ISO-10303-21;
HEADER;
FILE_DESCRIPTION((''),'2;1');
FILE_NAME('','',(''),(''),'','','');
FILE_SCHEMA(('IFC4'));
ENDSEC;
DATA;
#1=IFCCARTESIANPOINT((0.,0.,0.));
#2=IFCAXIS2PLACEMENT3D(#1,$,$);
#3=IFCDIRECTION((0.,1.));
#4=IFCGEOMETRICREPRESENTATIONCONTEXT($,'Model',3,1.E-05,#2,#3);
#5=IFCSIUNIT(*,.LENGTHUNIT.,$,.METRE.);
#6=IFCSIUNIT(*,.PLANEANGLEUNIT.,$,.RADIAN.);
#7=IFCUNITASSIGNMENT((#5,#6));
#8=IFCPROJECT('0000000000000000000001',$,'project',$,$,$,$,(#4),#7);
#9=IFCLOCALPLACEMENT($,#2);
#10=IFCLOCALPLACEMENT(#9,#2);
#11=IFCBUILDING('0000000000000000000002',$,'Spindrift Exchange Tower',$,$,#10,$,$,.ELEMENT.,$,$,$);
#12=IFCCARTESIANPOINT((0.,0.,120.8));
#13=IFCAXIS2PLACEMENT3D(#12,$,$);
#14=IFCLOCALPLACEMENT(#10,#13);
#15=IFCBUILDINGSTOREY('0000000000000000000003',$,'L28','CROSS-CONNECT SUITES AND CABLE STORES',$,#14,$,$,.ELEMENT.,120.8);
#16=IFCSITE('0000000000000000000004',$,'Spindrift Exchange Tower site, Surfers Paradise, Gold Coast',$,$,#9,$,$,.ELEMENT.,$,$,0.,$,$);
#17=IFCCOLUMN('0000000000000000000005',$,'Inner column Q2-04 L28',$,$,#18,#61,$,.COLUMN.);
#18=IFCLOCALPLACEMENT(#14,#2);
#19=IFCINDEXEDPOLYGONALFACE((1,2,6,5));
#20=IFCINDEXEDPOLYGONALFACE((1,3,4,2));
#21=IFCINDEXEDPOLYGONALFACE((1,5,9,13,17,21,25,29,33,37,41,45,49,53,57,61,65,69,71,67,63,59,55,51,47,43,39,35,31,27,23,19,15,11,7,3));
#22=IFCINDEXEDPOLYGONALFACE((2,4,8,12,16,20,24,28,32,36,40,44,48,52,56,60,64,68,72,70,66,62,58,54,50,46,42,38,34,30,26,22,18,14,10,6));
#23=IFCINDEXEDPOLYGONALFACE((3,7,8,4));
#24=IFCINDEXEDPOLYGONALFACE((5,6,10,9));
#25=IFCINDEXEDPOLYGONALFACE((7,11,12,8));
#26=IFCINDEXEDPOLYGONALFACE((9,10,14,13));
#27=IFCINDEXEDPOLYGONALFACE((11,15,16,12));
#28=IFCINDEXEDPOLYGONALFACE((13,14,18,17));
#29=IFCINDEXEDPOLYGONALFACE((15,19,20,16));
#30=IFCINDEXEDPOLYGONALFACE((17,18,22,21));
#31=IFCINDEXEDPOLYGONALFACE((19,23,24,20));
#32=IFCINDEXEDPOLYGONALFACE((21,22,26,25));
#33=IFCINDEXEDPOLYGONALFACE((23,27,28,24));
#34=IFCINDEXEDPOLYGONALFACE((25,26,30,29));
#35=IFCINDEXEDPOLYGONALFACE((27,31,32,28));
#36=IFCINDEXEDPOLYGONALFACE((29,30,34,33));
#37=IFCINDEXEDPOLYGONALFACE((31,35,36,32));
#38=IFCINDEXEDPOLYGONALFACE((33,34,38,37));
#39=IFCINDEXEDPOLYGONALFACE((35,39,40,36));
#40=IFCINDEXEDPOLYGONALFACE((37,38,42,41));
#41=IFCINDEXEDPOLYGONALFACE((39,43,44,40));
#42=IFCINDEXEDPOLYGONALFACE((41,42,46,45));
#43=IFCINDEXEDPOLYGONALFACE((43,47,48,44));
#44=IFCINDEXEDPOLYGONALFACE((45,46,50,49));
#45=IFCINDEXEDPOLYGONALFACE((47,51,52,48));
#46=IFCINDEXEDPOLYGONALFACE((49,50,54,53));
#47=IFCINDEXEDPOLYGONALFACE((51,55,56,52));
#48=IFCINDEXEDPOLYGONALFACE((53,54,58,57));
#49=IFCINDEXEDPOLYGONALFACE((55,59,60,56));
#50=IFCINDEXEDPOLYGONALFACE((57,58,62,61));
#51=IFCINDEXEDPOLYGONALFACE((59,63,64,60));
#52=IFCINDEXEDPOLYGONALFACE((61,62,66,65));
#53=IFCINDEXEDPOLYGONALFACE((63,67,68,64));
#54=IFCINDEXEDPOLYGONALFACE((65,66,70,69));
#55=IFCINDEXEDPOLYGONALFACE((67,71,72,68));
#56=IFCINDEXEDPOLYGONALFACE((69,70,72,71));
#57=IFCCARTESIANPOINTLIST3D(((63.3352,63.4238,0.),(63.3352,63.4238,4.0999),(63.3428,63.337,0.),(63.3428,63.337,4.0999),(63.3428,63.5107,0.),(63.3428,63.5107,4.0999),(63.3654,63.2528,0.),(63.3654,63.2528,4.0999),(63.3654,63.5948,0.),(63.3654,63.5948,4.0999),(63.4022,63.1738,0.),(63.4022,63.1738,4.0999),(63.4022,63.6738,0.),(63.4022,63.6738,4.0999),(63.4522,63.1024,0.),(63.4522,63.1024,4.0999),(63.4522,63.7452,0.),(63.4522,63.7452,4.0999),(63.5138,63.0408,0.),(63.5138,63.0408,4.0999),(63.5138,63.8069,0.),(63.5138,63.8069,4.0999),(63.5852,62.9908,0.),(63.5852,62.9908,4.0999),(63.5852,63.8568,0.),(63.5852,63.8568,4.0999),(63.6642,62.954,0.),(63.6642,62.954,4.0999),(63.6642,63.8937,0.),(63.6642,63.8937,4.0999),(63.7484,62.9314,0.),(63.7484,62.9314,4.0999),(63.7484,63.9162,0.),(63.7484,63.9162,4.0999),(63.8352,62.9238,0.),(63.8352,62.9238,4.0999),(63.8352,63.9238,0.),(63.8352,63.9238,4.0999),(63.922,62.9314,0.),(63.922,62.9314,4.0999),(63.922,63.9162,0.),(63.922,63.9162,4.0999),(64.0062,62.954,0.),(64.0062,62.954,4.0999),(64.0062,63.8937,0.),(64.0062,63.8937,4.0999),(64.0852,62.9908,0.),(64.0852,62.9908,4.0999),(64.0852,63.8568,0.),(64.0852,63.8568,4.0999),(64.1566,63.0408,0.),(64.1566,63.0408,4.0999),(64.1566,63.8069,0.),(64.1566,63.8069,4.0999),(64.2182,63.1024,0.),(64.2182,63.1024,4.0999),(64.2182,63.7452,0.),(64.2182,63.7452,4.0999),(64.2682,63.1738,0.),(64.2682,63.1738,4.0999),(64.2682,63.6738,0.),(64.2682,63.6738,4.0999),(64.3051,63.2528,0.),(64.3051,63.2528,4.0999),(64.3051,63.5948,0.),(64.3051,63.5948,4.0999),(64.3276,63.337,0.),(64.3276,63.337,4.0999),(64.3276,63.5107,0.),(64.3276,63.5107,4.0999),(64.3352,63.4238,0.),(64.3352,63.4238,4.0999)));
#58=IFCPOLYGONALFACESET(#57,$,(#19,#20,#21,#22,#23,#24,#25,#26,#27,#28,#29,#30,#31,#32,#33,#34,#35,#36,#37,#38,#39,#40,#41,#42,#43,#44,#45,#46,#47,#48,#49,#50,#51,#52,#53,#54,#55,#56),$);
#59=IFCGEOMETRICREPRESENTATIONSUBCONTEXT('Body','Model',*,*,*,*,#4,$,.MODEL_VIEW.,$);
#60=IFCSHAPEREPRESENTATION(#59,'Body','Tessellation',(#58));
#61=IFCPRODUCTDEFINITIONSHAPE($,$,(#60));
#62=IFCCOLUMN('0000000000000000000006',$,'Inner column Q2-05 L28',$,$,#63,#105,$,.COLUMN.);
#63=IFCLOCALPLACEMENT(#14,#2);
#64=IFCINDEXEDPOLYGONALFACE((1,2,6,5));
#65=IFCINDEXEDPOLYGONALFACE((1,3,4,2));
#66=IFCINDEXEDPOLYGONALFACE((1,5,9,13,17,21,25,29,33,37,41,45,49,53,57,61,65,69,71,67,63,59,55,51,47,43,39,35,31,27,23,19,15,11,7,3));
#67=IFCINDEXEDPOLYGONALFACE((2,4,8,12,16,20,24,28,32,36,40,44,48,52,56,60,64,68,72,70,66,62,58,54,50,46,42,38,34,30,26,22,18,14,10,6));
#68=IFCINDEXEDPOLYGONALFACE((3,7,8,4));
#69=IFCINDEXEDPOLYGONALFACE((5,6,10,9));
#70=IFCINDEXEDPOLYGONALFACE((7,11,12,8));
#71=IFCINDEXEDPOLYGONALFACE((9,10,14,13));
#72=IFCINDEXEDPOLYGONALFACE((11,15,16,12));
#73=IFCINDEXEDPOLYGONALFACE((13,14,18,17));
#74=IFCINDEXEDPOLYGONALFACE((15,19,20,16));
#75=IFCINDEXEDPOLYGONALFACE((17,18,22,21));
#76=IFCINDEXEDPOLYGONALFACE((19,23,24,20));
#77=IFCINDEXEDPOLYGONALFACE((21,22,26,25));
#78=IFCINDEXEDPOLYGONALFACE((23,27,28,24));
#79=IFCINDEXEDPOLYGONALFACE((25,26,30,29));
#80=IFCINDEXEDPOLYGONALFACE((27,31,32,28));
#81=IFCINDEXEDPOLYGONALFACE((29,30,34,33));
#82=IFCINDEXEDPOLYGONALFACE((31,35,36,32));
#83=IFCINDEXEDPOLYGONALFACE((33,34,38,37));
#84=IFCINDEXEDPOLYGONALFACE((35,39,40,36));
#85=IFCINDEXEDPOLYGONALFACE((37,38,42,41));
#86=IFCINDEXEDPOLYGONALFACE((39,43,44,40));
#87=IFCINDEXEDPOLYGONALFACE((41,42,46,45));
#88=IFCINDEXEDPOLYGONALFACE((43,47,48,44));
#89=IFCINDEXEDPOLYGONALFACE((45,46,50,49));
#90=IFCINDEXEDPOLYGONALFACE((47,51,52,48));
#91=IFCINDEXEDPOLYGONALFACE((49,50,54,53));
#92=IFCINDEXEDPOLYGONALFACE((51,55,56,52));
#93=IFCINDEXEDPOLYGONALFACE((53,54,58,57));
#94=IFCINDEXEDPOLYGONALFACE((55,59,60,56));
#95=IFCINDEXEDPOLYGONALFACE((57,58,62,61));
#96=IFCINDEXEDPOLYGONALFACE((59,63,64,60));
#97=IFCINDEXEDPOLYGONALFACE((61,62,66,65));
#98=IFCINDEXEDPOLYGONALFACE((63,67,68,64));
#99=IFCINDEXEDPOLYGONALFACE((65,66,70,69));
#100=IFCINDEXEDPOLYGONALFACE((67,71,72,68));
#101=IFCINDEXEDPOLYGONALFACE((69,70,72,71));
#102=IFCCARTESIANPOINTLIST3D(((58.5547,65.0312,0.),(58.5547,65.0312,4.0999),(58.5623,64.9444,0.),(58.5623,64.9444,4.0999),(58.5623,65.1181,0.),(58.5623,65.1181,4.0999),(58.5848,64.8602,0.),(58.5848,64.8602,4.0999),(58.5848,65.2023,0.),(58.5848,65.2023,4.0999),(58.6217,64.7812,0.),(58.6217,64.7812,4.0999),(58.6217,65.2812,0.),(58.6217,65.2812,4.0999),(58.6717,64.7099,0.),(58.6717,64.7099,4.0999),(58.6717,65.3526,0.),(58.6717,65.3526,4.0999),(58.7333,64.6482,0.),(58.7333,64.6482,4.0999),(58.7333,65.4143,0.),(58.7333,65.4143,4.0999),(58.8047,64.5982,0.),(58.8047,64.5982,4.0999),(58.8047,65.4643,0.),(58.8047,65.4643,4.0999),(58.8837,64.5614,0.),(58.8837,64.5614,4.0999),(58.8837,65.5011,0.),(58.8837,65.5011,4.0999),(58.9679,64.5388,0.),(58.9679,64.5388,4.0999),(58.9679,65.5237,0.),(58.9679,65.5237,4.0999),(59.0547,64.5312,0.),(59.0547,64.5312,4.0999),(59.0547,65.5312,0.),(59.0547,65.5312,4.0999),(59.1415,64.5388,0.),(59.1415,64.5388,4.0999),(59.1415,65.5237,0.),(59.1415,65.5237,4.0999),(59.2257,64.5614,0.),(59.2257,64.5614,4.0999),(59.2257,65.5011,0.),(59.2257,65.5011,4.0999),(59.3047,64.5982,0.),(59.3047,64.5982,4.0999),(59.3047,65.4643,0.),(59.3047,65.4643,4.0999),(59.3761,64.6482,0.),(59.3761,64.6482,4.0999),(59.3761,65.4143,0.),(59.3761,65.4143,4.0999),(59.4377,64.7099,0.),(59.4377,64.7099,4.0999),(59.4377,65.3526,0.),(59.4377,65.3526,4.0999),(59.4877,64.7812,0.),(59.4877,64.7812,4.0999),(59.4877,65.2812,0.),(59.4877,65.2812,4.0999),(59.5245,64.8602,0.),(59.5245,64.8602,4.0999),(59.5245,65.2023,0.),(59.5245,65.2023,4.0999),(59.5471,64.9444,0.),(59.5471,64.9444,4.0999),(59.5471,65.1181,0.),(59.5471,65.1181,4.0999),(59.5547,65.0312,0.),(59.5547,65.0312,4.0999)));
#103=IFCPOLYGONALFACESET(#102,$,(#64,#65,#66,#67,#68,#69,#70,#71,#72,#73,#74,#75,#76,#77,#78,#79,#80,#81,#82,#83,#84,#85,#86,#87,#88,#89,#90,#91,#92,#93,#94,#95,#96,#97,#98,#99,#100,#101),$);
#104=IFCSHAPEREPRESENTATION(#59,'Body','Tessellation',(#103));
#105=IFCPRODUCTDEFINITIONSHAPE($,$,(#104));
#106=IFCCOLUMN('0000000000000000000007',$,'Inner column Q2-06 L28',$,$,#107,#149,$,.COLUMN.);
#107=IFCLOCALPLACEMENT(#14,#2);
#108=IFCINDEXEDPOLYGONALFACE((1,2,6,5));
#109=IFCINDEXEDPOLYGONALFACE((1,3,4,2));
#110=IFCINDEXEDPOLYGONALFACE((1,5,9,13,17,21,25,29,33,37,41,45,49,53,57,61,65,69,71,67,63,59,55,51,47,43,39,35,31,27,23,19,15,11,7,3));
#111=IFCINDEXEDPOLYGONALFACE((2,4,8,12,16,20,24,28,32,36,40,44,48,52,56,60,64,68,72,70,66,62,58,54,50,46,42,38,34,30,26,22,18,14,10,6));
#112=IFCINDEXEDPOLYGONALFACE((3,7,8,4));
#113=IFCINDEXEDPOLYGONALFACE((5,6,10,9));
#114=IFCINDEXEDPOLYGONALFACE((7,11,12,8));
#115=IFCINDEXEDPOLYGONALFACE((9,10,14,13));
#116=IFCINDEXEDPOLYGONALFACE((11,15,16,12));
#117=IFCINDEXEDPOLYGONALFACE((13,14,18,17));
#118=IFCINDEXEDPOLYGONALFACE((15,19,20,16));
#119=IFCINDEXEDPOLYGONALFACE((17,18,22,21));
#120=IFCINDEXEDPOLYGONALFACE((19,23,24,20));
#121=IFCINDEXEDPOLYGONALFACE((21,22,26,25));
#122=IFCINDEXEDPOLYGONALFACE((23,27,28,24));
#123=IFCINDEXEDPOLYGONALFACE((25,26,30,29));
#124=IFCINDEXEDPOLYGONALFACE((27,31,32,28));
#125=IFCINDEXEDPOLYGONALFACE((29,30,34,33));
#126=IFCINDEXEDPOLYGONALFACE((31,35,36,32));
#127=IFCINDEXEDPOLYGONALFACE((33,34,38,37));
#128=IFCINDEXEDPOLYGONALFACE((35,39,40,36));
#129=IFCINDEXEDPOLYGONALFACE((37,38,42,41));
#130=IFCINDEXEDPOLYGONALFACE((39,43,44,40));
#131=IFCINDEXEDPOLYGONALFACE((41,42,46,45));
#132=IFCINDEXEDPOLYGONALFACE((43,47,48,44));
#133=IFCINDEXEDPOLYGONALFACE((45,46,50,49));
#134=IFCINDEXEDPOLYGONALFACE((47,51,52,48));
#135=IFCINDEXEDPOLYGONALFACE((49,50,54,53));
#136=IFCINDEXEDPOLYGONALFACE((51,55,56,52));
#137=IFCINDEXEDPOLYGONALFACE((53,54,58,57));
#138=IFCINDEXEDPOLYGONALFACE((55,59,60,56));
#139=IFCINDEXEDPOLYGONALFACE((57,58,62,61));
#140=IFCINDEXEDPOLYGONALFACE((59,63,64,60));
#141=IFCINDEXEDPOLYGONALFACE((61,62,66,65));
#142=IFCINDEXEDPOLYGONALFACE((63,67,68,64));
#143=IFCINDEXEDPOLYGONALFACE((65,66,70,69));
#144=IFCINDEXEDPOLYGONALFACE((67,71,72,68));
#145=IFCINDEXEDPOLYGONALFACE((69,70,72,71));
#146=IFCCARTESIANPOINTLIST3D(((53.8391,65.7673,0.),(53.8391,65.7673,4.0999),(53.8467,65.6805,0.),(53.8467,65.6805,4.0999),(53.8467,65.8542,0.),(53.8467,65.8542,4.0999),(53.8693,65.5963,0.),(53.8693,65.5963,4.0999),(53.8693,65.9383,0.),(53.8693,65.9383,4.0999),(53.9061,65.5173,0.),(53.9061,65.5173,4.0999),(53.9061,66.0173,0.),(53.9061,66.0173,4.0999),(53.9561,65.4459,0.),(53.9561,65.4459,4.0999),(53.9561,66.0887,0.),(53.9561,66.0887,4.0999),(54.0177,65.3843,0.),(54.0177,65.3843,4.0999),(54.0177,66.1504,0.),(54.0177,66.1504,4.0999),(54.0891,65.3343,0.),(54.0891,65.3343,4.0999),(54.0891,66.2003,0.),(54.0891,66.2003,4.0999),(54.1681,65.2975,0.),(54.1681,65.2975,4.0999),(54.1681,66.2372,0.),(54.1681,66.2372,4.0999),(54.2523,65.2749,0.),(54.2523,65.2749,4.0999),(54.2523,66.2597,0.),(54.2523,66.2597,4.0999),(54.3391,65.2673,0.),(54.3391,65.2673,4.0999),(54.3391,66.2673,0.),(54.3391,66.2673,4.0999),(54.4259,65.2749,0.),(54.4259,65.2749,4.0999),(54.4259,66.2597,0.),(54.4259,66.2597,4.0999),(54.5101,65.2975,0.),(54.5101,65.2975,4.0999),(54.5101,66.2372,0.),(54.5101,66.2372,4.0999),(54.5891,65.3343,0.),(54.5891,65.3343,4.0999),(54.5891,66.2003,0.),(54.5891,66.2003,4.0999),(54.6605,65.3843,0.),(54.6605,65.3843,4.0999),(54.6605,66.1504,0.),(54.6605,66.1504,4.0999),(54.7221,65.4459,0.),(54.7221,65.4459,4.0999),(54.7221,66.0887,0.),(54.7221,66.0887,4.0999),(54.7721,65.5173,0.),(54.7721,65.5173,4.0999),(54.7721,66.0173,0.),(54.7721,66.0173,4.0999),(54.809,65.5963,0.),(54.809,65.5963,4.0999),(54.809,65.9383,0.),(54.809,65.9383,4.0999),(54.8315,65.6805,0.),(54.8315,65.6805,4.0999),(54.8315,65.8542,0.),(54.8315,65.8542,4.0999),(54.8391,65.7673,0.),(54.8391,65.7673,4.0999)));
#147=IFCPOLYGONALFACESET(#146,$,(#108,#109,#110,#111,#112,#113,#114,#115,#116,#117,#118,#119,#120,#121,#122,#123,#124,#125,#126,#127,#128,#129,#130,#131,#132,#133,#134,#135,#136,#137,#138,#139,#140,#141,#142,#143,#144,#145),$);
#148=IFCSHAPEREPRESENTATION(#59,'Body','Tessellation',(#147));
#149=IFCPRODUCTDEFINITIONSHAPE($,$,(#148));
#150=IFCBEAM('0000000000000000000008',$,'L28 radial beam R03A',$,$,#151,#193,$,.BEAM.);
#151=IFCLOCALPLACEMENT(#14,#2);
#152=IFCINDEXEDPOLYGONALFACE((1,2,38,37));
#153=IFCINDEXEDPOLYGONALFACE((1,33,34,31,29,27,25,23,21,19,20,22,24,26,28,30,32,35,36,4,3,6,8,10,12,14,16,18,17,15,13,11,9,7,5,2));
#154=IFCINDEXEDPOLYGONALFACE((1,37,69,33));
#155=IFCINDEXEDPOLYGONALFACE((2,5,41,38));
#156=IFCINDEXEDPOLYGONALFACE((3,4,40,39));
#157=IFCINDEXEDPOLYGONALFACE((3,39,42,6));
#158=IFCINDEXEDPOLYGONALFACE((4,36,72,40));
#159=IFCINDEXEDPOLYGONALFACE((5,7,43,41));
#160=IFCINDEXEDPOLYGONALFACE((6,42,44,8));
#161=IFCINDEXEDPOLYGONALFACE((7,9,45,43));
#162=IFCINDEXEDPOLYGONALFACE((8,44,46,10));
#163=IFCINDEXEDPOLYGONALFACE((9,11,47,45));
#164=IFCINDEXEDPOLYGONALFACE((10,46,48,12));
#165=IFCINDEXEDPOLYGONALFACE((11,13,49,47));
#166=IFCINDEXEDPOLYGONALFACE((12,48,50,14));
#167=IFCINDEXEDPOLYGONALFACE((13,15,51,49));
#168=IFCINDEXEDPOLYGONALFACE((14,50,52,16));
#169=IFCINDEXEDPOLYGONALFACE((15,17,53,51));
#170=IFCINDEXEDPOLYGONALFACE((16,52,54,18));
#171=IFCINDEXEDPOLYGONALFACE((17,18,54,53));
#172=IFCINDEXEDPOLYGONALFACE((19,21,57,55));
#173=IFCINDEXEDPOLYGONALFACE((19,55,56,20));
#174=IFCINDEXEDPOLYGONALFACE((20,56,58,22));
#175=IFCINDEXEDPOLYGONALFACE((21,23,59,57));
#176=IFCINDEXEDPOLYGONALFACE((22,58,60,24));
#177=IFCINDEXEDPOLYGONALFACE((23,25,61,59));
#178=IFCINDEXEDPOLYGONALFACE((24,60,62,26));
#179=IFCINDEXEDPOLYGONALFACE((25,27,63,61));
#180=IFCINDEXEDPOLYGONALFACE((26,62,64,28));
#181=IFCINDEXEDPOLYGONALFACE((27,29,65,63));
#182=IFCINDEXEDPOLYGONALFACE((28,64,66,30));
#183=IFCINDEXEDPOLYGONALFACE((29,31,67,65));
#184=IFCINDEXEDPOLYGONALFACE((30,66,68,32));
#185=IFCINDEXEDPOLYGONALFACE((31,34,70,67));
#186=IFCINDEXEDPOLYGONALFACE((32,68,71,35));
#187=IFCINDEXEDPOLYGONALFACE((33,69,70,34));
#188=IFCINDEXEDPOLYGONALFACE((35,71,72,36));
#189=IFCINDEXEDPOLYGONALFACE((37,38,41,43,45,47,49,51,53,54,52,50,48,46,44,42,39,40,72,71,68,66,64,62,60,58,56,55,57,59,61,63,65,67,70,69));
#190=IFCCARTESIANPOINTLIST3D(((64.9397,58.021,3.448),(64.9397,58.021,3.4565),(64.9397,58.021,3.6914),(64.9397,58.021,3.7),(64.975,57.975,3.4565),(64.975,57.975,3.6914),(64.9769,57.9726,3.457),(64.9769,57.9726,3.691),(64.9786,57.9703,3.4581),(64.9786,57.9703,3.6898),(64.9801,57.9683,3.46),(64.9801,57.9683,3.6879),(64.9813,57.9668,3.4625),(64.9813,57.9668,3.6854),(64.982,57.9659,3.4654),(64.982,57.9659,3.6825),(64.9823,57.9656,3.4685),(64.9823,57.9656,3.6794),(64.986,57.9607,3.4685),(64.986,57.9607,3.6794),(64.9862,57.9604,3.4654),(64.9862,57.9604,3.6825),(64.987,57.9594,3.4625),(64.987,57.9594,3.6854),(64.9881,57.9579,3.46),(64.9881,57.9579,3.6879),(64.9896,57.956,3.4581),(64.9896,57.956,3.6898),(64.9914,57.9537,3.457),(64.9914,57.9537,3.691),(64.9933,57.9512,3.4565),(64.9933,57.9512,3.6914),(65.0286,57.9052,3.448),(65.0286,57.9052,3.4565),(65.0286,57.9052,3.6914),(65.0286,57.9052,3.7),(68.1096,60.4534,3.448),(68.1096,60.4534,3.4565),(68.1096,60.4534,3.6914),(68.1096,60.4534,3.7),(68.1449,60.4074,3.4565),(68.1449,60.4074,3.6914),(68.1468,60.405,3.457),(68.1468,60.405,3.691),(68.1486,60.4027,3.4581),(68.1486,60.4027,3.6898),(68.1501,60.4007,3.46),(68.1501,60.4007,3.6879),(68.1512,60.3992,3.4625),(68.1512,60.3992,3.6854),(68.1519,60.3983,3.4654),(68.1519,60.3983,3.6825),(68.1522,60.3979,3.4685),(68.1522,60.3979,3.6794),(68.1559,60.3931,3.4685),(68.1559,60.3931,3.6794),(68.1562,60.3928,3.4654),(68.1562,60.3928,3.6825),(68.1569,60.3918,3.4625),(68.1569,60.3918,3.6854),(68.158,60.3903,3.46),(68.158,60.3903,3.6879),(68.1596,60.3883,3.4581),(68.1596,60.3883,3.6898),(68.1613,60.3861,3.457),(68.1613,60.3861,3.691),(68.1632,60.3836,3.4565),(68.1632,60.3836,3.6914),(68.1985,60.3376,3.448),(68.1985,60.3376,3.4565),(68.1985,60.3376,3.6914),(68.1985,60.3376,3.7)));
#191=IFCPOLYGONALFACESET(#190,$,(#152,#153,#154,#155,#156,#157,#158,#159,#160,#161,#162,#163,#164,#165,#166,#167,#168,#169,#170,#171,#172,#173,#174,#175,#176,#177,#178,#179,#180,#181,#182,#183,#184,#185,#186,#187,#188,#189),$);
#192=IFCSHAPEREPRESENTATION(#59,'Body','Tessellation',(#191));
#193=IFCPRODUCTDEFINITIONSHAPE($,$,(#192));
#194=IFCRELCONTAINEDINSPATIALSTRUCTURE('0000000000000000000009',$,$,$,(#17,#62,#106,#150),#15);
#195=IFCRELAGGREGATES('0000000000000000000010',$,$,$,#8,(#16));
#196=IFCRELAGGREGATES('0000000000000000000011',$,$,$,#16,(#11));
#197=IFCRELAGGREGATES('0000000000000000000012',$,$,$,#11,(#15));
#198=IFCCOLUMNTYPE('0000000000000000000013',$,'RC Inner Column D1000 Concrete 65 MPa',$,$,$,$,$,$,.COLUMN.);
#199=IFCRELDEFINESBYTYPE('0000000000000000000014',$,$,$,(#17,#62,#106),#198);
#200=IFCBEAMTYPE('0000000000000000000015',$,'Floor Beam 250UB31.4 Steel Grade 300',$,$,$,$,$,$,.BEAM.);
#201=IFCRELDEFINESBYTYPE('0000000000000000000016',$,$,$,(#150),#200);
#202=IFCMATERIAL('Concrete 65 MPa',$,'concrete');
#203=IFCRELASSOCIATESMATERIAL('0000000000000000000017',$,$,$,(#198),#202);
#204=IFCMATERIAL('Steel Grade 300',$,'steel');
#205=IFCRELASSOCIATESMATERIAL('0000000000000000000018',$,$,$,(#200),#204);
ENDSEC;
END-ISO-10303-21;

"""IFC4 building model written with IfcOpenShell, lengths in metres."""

from ifc_helpers import new_model, si_unit, direction, frame, origin, origin_2d, place, context, subcontext, project, spatial, circle, i_section, extrude, source, transform, mapped, material, material_profile, profile_set, type_object, element, save


model = new_model("IFC4")

# Units and contexts
model_context = context("Model", 3, precision=1e-05, world=origin(), true_north=direction((0.0, 1.0)))
body_context = subcontext(model_context, "Body", "Model", "MODEL_VIEW")
ifc_project = project(units=[si_unit("LENGTHUNIT", "METRE"), si_unit("PLANEANGLEUNIT", "RADIAN")], contexts=[model_context])

# Site, building, storey
site_placement = place(None, origin())
site = spatial("IfcSite", under=ifc_project, at=site_placement, Name="Spindrift Exchange Tower site, Surfers Paradise, Gold Coast", CompositionType="ELEMENT", RefElevation=0.0)
building_placement = place(site_placement, origin())
building = spatial("IfcBuilding", under=site, at=building_placement, Name="Spindrift Exchange Tower", CompositionType="ELEMENT")
storey_placement = place(building_placement, frame((0.0, 0.0, 120.8)))
storey = spatial("IfcBuildingStorey", under=building, at=storey_placement, Name="L28", Description="CROSS-CONNECT SUITES AND CABLE STORES", CompositionType="ELEMENT", Elevation=120.8)

# Columns
ifc_material_1 = material(Name="Concrete 65 MPa", Category="concrete")
ifc_material_profile_1 = material_profile(ifc_material_1, circle(Radius=0.5, at=origin_2d()), Name="RC D1000")
ifc_profile_set_1 = profile_set([ifc_material_profile_1], Name="Concrete 65 MPa")
column_type = type_object("IfcColumnType", Name="RC Inner Column D1000 Concrete 65 MPa", PredefinedType="COLUMN", material=ifc_profile_set_1)
shared_shape_1 = source(origin(), body_context, "Body", "SweptSolid", [
    extrude(circle(Radius=0.5, at=origin_2d()), origin(), (0.0, 0.0, 1.0), 4.0999),
])
for number, where, z_axis, x_axis, name in (
    (1, (63.8352, 63.4238, 0.0), (0.0, 0.0, 1.0), (1.0, 0.0, 0.0), "Inner column Q2-04 L28"),
    (2, (59.0547, 65.0312, 0.0), (0.0, 0.0, 1.0), (1.0, 0.0, 0.0), "Inner column Q2-05 L28"),
    (3, (54.3391, 65.7673, 0.0), (0.0, 0.0, 1.0), (1.0, 0.0, 0.0), "Inner column Q2-06 L28"),
):
    element("IfcColumn", number, at=place(storey_placement, frame(where, z_axis=z_axis, x_axis=x_axis)), inside=storey, type_object=column_type, Name=name, PredefinedType="COLUMN", context=body_context, shape_type="MappedRepresentation", body=[
        mapped(shared_shape_1, transform((0.0, 0.0, 0.0), scale=1.0)),
    ])

# Beam
ifc_material_2 = material(Name="Steel Grade 300", Category="steel")
ifc_material_profile_2 = material_profile(ifc_material_2, i_section(OverallWidth=0.146, OverallDepth=0.252, WebThickness=0.0061, FlangeThickness=0.0085, FilletRadius=0.012, at=origin_2d()), Name="250UB31.4")
ifc_profile_set_2 = profile_set([ifc_material_profile_2], Name="Steel Grade 300")
beam_type_1 = type_object("IfcBeamType", Name="Floor Beam 250UB31.4 Steel Grade 300", PredefinedType="BEAM", material=ifc_profile_set_2)
shared_shape_2 = source(origin(), body_context, "Body", "SweptSolid", [
    extrude(i_section(OverallWidth=0.146, OverallDepth=0.252, WebThickness=0.0061, FlangeThickness=0.0085, FilletRadius=0.012, at=origin_2d()), origin(), (0.0, 0.0, 1.0), 3.9956),
])
beam_1_placement = place(storey_placement, frame((64.9841, 57.9631, 3.574), z_axis=(0.793353, 0.608762, 0.0), x_axis=(-0.608762, 0.793353, 0.0)))
element("IfcBeam", 4, at=beam_1_placement, inside=storey, type_object=beam_type_1, Name="L28 radial beam R03A", PredefinedType="BEAM", context=body_context, shape_type="MappedRepresentation", body=[
    mapped(shared_shape_2, transform((0.0, 0.0, 0.0), scale=1.0)),
])

save(model, "model.ifc")
